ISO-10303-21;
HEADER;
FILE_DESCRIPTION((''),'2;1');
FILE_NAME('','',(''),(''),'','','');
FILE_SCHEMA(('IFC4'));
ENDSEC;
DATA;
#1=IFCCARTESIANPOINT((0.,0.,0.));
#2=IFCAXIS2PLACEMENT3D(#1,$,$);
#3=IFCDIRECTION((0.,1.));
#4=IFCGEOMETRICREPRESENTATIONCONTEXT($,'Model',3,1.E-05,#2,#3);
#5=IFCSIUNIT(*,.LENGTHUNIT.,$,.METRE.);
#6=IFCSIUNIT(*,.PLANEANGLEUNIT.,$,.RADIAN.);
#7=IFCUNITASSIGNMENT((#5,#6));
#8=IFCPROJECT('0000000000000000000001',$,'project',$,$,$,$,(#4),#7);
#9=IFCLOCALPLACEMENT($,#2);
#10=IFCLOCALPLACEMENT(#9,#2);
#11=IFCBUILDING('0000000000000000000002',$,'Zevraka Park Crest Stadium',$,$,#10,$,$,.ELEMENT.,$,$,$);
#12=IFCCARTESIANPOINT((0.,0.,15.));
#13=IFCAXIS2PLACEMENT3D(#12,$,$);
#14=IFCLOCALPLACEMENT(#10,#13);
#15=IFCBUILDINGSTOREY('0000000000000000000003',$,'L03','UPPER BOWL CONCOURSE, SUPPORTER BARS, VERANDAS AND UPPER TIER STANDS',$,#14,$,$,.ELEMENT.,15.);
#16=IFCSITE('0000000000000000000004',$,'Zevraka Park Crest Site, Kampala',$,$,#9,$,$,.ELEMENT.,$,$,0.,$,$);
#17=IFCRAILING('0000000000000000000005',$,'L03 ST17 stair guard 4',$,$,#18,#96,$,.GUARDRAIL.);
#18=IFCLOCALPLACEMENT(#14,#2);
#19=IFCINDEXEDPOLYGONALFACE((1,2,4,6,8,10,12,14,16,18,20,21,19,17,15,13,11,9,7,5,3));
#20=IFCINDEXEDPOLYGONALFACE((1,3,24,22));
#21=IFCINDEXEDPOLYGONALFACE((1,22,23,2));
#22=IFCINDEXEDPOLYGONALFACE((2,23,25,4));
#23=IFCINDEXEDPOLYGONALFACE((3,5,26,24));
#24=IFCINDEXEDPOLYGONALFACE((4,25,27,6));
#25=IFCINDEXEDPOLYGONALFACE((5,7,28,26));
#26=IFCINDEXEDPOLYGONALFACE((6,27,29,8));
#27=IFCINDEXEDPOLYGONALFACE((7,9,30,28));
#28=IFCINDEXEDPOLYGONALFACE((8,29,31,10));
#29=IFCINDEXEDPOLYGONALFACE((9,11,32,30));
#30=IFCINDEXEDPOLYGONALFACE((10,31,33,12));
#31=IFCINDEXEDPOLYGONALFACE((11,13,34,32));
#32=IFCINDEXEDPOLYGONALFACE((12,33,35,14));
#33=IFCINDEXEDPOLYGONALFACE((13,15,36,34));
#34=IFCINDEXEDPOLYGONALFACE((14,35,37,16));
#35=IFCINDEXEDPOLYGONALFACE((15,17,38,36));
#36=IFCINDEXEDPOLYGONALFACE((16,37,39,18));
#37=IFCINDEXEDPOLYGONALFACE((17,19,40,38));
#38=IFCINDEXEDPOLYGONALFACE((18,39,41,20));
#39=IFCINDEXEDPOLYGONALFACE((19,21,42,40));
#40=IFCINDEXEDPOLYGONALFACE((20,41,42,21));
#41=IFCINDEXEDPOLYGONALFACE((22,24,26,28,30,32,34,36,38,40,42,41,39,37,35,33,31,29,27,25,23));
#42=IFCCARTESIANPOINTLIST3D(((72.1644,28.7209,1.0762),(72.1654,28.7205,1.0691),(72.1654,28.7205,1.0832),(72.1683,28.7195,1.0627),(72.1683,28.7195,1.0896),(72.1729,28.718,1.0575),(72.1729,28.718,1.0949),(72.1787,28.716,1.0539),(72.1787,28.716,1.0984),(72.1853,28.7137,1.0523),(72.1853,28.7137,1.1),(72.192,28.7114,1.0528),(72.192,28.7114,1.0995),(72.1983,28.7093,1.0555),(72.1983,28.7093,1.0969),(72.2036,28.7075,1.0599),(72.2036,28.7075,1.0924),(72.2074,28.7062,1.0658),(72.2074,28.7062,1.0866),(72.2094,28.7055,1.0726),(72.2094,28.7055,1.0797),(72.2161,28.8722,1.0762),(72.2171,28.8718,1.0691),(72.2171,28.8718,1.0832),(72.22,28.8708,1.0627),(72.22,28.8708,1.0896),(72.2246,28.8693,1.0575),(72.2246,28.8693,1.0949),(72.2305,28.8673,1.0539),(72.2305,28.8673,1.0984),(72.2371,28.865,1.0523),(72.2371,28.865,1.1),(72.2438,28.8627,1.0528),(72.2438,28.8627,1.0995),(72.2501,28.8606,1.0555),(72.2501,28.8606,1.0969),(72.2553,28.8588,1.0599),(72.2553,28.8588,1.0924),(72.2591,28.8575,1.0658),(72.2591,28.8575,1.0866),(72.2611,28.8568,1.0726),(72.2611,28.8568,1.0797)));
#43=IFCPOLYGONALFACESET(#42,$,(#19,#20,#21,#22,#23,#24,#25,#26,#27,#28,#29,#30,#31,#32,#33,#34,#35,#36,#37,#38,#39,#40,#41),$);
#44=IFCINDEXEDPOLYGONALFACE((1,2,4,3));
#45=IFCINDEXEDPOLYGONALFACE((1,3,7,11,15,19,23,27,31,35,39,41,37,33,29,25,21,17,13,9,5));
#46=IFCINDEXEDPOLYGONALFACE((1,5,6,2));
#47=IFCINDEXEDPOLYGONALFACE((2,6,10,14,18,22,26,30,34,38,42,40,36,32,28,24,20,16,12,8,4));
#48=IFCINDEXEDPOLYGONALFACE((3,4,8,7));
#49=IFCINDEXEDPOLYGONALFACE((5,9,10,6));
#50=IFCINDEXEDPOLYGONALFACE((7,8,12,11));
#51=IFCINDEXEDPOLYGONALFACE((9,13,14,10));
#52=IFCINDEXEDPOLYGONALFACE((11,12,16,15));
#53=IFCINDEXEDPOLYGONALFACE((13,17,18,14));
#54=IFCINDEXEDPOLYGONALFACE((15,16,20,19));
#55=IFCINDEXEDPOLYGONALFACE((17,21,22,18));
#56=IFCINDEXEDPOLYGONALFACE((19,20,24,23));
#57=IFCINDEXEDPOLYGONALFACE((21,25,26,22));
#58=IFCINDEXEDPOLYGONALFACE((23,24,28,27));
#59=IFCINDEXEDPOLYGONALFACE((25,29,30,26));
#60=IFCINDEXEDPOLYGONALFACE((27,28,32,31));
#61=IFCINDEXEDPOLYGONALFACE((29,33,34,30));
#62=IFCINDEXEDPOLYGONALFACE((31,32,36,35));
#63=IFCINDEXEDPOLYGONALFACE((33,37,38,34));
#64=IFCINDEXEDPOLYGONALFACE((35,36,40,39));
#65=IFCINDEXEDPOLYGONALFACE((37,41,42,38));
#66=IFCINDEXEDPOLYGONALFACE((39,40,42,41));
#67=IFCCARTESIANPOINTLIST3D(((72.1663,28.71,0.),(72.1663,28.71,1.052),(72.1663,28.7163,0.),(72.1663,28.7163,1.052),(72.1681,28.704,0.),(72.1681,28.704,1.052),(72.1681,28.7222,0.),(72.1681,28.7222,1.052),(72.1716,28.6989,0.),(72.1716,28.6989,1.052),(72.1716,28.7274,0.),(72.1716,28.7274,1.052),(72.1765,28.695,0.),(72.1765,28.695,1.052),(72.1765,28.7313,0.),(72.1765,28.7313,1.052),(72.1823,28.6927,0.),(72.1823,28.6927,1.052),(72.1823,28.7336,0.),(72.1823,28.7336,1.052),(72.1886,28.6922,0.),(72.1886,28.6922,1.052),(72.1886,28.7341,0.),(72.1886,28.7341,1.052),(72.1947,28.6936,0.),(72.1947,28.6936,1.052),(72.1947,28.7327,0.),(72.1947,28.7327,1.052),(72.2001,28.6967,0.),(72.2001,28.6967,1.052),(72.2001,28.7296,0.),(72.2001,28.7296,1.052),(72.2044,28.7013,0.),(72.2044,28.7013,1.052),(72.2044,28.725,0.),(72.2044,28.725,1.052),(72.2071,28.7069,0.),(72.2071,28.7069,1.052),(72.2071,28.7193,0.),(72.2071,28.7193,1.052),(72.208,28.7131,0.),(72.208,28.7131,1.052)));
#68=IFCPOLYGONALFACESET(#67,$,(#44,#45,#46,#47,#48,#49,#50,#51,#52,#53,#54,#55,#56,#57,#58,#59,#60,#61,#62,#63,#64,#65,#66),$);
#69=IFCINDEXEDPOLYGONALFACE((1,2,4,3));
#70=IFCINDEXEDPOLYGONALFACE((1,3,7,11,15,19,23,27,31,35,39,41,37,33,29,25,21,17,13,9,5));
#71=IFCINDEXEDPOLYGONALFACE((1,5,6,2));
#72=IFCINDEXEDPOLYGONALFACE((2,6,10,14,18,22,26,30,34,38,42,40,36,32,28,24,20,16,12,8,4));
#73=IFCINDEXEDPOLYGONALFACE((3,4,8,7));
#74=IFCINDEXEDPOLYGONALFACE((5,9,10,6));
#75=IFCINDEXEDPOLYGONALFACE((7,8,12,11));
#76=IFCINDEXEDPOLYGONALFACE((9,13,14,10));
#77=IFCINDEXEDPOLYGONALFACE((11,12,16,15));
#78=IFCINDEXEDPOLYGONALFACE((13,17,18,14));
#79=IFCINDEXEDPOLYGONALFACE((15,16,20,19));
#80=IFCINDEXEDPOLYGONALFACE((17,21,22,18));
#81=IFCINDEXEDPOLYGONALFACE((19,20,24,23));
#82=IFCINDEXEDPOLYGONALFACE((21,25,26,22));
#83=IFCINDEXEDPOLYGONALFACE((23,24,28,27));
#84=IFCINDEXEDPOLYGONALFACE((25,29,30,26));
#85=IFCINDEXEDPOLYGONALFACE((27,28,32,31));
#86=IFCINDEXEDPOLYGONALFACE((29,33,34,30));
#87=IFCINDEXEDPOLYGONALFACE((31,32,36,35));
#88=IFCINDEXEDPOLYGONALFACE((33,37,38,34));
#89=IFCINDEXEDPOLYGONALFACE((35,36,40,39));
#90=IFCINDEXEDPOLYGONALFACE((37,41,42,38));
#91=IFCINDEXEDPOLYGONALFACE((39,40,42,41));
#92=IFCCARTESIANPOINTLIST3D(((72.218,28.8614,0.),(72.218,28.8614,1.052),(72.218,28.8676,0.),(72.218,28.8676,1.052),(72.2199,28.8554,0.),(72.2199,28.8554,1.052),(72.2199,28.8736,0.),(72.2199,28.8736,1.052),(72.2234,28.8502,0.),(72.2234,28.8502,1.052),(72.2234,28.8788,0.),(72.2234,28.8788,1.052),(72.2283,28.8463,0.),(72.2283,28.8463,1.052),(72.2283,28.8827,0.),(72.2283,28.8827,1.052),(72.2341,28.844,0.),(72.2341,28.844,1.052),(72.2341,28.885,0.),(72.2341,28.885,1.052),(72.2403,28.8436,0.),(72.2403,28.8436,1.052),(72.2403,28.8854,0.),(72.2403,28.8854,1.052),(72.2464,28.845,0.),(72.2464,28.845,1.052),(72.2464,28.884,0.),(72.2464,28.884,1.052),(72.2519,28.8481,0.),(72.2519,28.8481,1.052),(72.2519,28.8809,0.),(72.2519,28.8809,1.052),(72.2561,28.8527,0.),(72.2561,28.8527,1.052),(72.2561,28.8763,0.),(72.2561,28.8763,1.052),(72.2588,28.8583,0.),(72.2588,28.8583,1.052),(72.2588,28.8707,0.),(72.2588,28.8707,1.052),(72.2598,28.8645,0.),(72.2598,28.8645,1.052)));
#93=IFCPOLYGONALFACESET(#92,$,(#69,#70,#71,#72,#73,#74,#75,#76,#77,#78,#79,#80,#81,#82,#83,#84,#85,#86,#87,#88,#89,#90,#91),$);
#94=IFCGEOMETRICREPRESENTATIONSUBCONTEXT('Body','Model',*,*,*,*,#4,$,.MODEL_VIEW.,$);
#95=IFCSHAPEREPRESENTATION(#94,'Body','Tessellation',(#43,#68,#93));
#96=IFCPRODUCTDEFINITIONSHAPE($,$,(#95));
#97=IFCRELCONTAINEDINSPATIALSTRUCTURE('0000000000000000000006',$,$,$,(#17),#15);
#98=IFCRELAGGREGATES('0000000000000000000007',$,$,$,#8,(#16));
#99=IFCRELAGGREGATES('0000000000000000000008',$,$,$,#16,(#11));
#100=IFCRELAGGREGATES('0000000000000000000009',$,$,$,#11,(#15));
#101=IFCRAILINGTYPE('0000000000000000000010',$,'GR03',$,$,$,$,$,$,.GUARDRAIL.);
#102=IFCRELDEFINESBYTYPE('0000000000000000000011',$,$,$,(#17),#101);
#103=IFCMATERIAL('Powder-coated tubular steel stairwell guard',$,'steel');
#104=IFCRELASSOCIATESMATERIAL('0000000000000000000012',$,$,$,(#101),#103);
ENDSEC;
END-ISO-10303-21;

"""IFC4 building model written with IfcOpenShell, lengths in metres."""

from ifc_helpers import new_model, si_unit, direction, frame, origin, origin_2d, place, context, subcontext, project, spatial, circle, extrude, material, type_object, element, save


model = new_model("IFC4")

# Units and contexts
model_context = context("Model", 3, precision=1e-05, world=origin(), true_north=direction((0.0, 1.0)))
body_context = subcontext(model_context, "Body", "Model", "MODEL_VIEW")
ifc_project = project(units=[si_unit("LENGTHUNIT", "METRE"), si_unit("PLANEANGLEUNIT", "RADIAN")], contexts=[model_context])

# Site, building, storey
site_placement = place(None, origin())
site = spatial("IfcSite", under=ifc_project, at=site_placement, Name="Zevraka Park Crest Site, Kampala", CompositionType="ELEMENT", RefElevation=0.0)
building_placement = place(site_placement, origin())
building = spatial("IfcBuilding", under=site, at=building_placement, Name="Zevraka Park Crest Stadium", CompositionType="ELEMENT")
storey_placement = place(building_placement, frame((0.0, 0.0, 15.0)))
storey = spatial("IfcBuildingStorey", under=building, at=storey_placement, Name="L03", Description="UPPER BOWL CONCOURSE, SUPPORTER BARS, VERANDAS AND UPPER TIER STANDS", CompositionType="ELEMENT", Elevation=15.0)

# Railing
ifc_material_1 = material(Name="Powder-coated tubular steel stairwell guard", Category="steel")
railing_type_1 = type_object("IfcRailingType", Name="GR03", PredefinedType="GUARDRAIL", material=ifc_material_1)
railing_1_placement = place(storey_placement, frame((72.187, 28.7131, 0.0)))
element("IfcRailing", 1, at=railing_1_placement, inside=storey, type_object=railing_type_1, Name="L03 ST17 stair guard 4", PredefinedType="GUARDRAIL", context=body_context, shape_type="SweptSolid", body=[
    extrude(circle(Radius=0.0239, at=origin_2d()), frame((0.0, 0.0, 1.0762), z_axis=(0.323544, 0.946213, 0.0), x_axis=(-0.946213, 0.323544, 0.0)), (0.0, 0.0, 1.0), 0.1599),
    extrude(circle(Radius=0.021, at=origin_2d()), origin(), (0.0, 0.0, 1.0), 1.052),
    extrude(circle(Radius=0.021, at=origin_2d()), frame((0.0518, 0.1514, 0.0)), (0.0, 0.0, 1.0), 1.052),
])

save(model, "model.ifc")
